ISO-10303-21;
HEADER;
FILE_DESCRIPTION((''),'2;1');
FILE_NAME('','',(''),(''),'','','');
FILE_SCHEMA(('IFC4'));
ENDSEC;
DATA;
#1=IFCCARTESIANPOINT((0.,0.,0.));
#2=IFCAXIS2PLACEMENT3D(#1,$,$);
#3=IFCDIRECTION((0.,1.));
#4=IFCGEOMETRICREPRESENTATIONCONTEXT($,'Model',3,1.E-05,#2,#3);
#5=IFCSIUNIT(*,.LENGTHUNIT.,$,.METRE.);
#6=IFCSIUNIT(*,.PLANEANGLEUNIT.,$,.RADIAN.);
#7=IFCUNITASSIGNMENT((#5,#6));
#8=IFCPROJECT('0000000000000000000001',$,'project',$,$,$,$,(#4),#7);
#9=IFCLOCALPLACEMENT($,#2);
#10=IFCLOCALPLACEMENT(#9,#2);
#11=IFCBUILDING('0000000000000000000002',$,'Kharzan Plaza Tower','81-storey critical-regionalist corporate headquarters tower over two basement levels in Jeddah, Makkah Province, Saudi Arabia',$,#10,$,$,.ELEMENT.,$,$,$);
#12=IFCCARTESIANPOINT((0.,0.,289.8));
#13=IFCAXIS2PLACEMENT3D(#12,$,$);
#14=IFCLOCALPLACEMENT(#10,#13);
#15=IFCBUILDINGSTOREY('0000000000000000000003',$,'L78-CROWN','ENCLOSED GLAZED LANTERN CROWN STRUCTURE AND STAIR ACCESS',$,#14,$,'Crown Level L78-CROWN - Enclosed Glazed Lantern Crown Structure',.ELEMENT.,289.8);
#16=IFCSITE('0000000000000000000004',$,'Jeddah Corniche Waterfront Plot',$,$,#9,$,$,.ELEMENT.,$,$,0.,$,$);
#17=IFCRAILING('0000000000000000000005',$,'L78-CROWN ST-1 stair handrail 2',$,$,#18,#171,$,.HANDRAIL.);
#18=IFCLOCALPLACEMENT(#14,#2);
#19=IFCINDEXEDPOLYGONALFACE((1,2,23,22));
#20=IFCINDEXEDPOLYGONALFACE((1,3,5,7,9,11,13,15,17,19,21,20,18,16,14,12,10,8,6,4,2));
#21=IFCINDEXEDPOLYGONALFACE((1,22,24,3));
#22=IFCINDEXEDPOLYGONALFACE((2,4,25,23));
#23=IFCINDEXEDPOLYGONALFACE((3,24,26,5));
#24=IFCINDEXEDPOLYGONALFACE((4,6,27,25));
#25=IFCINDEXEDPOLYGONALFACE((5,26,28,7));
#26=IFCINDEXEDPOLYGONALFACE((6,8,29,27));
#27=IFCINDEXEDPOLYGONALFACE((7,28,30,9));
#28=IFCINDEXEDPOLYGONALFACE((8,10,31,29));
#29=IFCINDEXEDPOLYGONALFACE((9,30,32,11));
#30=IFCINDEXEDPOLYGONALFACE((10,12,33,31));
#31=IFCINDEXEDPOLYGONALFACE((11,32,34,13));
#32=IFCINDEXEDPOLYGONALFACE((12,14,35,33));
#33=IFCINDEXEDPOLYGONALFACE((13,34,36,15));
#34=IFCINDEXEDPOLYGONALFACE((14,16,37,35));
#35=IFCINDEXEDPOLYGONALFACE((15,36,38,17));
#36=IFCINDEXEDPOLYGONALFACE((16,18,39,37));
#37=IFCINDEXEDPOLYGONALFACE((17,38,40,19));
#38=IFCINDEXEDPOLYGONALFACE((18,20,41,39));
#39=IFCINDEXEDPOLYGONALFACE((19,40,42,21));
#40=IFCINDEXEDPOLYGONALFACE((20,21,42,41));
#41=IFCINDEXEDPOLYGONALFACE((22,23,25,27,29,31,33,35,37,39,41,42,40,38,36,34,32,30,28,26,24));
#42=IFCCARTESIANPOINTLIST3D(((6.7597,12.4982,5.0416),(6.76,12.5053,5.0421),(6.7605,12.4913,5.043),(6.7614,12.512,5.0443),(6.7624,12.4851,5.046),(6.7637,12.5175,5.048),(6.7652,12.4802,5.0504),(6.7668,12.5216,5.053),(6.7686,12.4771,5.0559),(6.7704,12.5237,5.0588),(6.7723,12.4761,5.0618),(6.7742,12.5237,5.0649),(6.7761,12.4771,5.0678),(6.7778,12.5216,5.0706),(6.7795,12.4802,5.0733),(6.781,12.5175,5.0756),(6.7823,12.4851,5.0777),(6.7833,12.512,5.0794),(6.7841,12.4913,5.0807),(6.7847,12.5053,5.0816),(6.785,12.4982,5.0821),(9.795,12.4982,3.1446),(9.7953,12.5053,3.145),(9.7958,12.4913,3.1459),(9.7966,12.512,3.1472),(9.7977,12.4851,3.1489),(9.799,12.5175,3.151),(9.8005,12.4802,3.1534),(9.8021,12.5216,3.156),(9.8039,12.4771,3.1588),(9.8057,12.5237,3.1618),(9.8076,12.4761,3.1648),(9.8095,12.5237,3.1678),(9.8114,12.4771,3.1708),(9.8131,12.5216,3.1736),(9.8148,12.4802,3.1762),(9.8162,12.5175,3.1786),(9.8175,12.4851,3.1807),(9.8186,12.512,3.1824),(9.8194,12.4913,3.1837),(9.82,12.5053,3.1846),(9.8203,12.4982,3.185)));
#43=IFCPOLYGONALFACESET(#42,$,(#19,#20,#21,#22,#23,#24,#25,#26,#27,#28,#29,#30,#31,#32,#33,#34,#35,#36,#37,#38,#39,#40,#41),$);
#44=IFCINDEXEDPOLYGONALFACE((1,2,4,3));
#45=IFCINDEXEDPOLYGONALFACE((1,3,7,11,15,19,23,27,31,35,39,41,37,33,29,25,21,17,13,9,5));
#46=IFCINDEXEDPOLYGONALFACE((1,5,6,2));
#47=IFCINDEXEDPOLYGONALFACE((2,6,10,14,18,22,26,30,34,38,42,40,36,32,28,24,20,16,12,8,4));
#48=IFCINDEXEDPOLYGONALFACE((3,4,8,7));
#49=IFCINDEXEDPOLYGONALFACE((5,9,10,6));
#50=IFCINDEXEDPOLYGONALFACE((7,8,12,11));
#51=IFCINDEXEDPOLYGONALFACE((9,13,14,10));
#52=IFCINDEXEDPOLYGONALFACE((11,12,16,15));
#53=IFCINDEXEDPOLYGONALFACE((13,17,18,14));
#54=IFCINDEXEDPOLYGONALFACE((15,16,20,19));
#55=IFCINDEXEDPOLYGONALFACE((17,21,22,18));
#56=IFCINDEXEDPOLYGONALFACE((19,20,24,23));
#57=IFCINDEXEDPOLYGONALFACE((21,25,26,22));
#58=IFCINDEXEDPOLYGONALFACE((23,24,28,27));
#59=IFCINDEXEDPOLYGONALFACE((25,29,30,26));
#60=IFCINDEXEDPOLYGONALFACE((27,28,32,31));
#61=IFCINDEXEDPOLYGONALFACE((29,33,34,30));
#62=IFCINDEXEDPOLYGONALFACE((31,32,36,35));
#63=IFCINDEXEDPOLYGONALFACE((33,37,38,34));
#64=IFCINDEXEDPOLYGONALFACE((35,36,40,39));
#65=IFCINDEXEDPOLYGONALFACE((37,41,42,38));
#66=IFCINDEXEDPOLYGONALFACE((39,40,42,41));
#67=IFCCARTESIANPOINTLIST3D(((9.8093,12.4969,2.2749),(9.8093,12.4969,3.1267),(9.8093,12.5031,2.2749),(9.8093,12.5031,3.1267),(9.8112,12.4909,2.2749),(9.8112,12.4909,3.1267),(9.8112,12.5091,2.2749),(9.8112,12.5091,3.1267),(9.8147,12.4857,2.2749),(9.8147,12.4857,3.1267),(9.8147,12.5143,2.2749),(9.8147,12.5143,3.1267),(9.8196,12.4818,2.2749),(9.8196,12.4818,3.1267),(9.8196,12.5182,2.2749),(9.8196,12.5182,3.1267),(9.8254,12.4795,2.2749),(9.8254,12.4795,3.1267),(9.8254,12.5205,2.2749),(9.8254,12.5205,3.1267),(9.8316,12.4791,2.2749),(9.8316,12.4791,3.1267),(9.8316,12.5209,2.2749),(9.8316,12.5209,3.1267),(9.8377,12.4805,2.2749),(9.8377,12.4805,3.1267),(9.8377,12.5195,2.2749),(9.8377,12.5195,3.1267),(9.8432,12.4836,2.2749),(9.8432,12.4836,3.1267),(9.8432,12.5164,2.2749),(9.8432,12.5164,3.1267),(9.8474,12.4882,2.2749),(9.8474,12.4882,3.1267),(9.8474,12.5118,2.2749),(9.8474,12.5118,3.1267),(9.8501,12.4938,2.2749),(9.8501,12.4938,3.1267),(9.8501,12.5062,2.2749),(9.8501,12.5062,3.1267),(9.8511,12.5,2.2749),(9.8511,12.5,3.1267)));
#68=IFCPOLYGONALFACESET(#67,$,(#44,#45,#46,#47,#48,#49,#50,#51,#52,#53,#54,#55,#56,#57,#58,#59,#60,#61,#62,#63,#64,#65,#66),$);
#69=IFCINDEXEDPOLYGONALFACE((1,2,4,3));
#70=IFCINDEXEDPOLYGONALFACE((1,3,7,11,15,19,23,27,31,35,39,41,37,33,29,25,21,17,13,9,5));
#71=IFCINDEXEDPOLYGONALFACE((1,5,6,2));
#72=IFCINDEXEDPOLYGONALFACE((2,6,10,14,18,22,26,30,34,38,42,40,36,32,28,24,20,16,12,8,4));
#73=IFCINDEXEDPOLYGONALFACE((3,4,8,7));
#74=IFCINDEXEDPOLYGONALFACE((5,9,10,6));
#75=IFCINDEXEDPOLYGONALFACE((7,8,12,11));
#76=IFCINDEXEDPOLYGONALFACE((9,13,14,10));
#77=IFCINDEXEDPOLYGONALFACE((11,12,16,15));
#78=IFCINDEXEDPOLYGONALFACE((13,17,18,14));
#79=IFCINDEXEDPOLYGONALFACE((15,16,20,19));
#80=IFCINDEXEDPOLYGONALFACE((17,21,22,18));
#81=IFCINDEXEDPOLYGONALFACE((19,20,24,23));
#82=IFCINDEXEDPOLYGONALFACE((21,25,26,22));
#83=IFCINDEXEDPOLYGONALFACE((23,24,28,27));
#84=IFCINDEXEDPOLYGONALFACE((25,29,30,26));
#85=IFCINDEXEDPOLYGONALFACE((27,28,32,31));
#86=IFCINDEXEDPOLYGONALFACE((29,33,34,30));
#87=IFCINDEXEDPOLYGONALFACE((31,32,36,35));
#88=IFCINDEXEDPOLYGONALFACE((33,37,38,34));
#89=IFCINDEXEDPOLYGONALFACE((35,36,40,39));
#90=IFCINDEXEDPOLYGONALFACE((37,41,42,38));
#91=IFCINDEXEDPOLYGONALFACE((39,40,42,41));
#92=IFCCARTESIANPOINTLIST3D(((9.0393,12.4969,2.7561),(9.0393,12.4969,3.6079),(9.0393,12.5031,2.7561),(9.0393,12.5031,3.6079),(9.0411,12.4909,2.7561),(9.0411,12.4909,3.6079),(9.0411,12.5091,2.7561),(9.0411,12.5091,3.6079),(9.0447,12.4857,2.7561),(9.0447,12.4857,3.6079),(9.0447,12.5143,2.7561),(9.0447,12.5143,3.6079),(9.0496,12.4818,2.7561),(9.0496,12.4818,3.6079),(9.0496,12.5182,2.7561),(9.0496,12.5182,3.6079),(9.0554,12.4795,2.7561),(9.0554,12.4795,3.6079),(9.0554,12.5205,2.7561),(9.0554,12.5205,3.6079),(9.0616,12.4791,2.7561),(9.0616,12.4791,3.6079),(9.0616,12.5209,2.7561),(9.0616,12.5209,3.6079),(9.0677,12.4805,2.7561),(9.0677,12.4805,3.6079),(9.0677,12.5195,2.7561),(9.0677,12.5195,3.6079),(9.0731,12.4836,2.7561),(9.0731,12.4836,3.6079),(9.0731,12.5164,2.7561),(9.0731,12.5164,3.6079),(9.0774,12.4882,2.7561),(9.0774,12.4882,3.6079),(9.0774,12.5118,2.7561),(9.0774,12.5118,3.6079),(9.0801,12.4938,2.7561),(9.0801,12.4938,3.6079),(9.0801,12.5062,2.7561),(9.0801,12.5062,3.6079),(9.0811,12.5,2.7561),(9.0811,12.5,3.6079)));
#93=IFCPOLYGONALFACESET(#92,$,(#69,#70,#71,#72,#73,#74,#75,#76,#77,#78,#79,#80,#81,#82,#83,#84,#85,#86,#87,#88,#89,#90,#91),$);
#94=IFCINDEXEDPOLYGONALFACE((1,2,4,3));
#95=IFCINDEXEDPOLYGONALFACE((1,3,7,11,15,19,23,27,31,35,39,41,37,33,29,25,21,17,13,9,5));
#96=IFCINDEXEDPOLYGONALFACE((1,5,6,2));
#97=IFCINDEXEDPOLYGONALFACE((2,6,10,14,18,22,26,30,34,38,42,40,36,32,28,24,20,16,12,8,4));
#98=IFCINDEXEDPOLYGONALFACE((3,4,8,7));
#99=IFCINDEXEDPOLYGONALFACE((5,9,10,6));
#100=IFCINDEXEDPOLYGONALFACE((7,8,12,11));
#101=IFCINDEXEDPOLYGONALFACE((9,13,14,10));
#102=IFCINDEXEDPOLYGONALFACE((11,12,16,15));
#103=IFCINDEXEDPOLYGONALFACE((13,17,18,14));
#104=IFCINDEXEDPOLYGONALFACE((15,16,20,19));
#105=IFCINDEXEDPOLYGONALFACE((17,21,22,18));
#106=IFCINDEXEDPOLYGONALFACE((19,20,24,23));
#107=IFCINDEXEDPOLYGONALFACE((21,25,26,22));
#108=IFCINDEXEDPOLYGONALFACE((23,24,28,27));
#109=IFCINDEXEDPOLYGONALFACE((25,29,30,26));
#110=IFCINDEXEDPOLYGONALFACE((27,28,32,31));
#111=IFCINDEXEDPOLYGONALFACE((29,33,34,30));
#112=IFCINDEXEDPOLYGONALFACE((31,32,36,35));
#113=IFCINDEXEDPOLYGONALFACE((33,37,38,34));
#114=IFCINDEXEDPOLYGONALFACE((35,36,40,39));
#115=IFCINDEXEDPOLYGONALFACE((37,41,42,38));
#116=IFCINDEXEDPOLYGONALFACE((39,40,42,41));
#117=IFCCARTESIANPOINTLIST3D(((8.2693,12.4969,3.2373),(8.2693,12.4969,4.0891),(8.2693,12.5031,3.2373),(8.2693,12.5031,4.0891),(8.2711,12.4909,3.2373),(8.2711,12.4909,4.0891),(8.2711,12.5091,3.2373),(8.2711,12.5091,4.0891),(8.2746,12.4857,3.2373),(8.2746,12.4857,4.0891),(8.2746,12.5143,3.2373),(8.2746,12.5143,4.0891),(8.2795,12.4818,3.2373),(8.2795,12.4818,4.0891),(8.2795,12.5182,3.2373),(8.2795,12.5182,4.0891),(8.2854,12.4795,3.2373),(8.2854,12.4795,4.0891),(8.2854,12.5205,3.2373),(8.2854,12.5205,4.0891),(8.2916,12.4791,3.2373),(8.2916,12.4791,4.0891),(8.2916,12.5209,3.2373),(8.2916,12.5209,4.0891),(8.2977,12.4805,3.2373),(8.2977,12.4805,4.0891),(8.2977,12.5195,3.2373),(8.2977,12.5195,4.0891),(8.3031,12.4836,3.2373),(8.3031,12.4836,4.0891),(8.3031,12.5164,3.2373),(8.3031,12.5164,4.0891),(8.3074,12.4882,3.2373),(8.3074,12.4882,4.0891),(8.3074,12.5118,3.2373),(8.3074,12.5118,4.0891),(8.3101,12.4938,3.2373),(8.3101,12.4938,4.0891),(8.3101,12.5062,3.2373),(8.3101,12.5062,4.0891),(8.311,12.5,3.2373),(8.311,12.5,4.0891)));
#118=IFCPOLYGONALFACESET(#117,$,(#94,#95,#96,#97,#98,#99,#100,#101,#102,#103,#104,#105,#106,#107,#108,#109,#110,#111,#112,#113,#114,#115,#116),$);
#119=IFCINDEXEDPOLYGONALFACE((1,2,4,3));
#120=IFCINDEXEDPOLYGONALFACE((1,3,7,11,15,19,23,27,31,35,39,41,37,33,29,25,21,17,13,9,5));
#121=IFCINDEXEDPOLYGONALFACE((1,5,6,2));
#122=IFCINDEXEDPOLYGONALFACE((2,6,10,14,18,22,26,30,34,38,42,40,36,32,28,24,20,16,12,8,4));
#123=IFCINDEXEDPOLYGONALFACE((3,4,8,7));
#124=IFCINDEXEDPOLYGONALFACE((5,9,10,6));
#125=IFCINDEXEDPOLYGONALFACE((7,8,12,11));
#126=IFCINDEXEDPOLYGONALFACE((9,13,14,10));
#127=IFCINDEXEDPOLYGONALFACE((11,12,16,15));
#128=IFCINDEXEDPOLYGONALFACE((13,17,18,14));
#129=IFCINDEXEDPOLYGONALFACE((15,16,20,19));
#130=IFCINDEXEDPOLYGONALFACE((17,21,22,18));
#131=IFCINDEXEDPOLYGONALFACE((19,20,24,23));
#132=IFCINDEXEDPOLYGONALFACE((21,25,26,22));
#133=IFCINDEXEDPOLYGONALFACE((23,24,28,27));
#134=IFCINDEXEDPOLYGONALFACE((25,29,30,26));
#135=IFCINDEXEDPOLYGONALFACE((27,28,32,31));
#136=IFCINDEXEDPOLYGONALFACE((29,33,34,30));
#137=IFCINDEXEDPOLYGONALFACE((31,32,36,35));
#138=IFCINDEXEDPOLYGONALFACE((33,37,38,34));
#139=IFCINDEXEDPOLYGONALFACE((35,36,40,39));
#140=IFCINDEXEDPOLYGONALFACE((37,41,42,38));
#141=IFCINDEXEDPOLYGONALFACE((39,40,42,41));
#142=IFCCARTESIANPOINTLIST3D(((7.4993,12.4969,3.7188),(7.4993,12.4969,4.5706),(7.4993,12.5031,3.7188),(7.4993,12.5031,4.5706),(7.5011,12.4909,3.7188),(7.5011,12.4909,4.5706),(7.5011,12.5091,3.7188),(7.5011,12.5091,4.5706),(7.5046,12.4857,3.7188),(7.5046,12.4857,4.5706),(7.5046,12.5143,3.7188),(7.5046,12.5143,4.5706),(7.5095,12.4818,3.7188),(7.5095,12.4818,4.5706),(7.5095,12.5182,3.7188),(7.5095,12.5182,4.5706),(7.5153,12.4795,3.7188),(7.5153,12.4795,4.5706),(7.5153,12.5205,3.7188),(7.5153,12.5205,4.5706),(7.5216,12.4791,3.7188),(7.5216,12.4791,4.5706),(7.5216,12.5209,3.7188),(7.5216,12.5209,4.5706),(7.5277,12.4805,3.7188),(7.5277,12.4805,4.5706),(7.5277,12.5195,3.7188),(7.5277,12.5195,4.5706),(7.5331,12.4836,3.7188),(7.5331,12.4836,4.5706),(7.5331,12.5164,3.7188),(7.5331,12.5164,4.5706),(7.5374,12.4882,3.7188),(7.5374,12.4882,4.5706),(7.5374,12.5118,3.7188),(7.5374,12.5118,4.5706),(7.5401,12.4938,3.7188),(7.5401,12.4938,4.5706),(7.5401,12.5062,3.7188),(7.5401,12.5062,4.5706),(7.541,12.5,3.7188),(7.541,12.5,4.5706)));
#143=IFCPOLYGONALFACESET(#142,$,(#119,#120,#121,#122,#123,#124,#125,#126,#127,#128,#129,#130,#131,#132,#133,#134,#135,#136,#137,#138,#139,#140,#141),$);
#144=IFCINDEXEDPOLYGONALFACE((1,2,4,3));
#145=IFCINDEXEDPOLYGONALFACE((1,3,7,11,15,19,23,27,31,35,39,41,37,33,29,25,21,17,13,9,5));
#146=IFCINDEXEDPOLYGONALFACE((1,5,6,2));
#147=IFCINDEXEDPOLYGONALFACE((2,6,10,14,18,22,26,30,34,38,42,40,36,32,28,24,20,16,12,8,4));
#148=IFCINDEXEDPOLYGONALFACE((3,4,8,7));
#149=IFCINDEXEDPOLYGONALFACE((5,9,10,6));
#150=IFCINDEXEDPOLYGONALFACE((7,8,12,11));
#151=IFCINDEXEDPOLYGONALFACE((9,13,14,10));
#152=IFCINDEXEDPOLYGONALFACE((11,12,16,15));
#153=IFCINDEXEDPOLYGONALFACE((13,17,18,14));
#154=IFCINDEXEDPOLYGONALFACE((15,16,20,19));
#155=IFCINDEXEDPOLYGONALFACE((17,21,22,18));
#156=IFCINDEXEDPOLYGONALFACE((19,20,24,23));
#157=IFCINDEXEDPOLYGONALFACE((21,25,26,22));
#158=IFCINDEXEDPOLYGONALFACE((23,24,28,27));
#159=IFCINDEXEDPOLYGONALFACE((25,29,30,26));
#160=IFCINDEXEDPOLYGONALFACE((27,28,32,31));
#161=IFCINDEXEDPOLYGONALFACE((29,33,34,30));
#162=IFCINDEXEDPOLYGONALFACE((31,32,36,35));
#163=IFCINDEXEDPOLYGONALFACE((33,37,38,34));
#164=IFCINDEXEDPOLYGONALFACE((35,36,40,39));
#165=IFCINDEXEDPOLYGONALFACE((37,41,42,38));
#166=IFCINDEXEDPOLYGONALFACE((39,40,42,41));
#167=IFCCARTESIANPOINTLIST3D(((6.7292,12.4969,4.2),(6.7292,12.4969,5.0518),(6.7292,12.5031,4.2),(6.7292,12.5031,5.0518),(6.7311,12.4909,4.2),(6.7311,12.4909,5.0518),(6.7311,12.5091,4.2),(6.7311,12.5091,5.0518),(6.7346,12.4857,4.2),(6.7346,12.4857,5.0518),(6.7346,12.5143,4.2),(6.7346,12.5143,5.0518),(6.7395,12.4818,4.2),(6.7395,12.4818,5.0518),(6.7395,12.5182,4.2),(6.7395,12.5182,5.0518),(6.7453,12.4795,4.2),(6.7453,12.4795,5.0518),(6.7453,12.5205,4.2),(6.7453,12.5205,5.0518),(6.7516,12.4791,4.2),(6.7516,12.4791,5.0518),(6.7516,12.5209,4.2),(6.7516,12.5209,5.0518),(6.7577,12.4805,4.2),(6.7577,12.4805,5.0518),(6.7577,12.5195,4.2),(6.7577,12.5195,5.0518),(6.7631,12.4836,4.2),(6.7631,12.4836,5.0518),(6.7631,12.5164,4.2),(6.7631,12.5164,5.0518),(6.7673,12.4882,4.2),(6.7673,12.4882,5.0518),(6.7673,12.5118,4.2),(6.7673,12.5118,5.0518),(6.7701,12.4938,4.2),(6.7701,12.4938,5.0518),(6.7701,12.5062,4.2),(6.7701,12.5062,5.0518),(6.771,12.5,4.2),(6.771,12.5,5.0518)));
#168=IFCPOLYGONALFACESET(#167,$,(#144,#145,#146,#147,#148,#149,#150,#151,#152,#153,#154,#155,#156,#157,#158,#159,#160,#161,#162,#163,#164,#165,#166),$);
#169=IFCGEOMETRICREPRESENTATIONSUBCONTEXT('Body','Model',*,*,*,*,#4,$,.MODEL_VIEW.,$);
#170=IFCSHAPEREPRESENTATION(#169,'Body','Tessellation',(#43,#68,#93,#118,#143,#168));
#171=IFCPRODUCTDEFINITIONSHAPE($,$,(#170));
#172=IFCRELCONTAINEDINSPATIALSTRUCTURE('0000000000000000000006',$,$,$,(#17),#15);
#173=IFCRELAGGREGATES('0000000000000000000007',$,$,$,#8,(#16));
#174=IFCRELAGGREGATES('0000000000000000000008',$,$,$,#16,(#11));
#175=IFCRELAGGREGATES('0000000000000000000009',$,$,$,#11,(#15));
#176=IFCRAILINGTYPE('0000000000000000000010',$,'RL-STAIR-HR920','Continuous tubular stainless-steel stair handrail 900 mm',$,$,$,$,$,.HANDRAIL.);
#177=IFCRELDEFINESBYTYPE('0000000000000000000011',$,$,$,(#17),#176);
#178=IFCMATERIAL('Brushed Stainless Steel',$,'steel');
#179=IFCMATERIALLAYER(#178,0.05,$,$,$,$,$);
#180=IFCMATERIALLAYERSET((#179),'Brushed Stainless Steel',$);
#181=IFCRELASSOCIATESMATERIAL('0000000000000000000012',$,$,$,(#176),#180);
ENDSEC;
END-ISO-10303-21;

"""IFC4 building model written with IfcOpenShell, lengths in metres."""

from ifc_helpers import new_model, si_unit, direction, frame, origin, origin_2d, place, context, subcontext, project, spatial, circle, extrude, source, transform, mapped, material, layer, layer_set, type_object, element, save


model = new_model("IFC4")

# Units and contexts
model_context = context("Model", 3, precision=1e-05, world=origin(), true_north=direction((0.0, 1.0)))
body_context = subcontext(model_context, "Body", "Model", "MODEL_VIEW")
ifc_project = project(units=[si_unit("LENGTHUNIT", "METRE"), si_unit("PLANEANGLEUNIT", "RADIAN")], contexts=[model_context])

# Site, building, storey
site_placement = place(None, origin())
site = spatial("IfcSite", under=ifc_project, at=site_placement, Name="Jeddah Corniche Waterfront Plot", CompositionType="ELEMENT", RefElevation=0.0)
building_placement = place(site_placement, origin())
building = spatial("IfcBuilding", under=site, at=building_placement, Name="Kharzan Plaza Tower", Description="81-storey critical-regionalist corporate headquarters tower over two basement levels in Jeddah, Makkah Province, Saudi Arabia", CompositionType="ELEMENT")
storey_placement = place(building_placement, frame((0.0, 0.0, 289.8)))
storey = spatial("IfcBuildingStorey", under=building, at=storey_placement, Name="L78-CROWN", Description="ENCLOSED GLAZED LANTERN CROWN STRUCTURE AND STAIR ACCESS", LongName="Crown Level L78-CROWN - Enclosed Glazed Lantern Crown Structure", CompositionType="ELEMENT", Elevation=289.8)

# Shared definitions
ifc_material_1 = material(Name="Brushed Stainless Steel", Category="steel")

# Railing
ifc_layer_1 = layer(ifc_material_1, 0.05)
ifc_layer_set_1 = layer_set([ifc_layer_1], Name="Brushed Stainless Steel")
railing_type_1 = type_object("IfcRailingType", Name="RL-STAIR-HR920", Description="Continuous tubular stainless-steel stair handrail 900 mm", PredefinedType="HANDRAIL", material=ifc_layer_set_1)
shared_shape_1 = source(origin(), body_context, "Body", "SweptSolid", [
    extrude(circle(Radius=0.0239, at=origin_2d()), frame((-0.0225, 0.0, 0.8899), z_axis=(-0.847998, 0.0, 0.529999), x_axis=(0.0, -1.0, 0.0)), (0.0, 0.0, 1.0), 3.5793),
    extrude(circle(Radius=0.021, at=origin_2d()), origin(), (0.0, 0.0, 1.0), 0.8518),
    extrude(circle(Radius=0.021, at=origin_2d()), frame((-0.77, 0.0, 0.4812)), (0.0, 0.0, 1.0), 0.8518),
    extrude(circle(Radius=0.021, at=origin_2d()), frame((-1.54, 0.0, 0.9624)), (0.0, 0.0, 1.0), 0.8518),
    extrude(circle(Radius=0.021, at=origin_2d()), frame((-2.3101, 0.0, 1.4438)), (0.0, 0.0, 1.0), 0.8518),
    extrude(circle(Radius=0.021, at=origin_2d()), frame((-3.0801, 0.0, 1.925)), (0.0, 0.0, 1.0), 0.8518),
])
railing_1_placement = place(storey_placement, frame((9.8301, 12.5, 2.2749)))
element("IfcRailing", 1, at=railing_1_placement, inside=storey, type_object=railing_type_1, Name="L78-CROWN ST-1 stair handrail 2", PredefinedType="HANDRAIL", context=body_context, shape_type="MappedRepresentation", body=[
    mapped(shared_shape_1, transform((0.0, 0.0, 0.0), x_axis=(1.0, 0.0, 0.0), y_axis=(0.0, 1.0, 0.0), z_axis=(0.0, 0.0, 1.0))),
])

save(model, "model.ifc")
